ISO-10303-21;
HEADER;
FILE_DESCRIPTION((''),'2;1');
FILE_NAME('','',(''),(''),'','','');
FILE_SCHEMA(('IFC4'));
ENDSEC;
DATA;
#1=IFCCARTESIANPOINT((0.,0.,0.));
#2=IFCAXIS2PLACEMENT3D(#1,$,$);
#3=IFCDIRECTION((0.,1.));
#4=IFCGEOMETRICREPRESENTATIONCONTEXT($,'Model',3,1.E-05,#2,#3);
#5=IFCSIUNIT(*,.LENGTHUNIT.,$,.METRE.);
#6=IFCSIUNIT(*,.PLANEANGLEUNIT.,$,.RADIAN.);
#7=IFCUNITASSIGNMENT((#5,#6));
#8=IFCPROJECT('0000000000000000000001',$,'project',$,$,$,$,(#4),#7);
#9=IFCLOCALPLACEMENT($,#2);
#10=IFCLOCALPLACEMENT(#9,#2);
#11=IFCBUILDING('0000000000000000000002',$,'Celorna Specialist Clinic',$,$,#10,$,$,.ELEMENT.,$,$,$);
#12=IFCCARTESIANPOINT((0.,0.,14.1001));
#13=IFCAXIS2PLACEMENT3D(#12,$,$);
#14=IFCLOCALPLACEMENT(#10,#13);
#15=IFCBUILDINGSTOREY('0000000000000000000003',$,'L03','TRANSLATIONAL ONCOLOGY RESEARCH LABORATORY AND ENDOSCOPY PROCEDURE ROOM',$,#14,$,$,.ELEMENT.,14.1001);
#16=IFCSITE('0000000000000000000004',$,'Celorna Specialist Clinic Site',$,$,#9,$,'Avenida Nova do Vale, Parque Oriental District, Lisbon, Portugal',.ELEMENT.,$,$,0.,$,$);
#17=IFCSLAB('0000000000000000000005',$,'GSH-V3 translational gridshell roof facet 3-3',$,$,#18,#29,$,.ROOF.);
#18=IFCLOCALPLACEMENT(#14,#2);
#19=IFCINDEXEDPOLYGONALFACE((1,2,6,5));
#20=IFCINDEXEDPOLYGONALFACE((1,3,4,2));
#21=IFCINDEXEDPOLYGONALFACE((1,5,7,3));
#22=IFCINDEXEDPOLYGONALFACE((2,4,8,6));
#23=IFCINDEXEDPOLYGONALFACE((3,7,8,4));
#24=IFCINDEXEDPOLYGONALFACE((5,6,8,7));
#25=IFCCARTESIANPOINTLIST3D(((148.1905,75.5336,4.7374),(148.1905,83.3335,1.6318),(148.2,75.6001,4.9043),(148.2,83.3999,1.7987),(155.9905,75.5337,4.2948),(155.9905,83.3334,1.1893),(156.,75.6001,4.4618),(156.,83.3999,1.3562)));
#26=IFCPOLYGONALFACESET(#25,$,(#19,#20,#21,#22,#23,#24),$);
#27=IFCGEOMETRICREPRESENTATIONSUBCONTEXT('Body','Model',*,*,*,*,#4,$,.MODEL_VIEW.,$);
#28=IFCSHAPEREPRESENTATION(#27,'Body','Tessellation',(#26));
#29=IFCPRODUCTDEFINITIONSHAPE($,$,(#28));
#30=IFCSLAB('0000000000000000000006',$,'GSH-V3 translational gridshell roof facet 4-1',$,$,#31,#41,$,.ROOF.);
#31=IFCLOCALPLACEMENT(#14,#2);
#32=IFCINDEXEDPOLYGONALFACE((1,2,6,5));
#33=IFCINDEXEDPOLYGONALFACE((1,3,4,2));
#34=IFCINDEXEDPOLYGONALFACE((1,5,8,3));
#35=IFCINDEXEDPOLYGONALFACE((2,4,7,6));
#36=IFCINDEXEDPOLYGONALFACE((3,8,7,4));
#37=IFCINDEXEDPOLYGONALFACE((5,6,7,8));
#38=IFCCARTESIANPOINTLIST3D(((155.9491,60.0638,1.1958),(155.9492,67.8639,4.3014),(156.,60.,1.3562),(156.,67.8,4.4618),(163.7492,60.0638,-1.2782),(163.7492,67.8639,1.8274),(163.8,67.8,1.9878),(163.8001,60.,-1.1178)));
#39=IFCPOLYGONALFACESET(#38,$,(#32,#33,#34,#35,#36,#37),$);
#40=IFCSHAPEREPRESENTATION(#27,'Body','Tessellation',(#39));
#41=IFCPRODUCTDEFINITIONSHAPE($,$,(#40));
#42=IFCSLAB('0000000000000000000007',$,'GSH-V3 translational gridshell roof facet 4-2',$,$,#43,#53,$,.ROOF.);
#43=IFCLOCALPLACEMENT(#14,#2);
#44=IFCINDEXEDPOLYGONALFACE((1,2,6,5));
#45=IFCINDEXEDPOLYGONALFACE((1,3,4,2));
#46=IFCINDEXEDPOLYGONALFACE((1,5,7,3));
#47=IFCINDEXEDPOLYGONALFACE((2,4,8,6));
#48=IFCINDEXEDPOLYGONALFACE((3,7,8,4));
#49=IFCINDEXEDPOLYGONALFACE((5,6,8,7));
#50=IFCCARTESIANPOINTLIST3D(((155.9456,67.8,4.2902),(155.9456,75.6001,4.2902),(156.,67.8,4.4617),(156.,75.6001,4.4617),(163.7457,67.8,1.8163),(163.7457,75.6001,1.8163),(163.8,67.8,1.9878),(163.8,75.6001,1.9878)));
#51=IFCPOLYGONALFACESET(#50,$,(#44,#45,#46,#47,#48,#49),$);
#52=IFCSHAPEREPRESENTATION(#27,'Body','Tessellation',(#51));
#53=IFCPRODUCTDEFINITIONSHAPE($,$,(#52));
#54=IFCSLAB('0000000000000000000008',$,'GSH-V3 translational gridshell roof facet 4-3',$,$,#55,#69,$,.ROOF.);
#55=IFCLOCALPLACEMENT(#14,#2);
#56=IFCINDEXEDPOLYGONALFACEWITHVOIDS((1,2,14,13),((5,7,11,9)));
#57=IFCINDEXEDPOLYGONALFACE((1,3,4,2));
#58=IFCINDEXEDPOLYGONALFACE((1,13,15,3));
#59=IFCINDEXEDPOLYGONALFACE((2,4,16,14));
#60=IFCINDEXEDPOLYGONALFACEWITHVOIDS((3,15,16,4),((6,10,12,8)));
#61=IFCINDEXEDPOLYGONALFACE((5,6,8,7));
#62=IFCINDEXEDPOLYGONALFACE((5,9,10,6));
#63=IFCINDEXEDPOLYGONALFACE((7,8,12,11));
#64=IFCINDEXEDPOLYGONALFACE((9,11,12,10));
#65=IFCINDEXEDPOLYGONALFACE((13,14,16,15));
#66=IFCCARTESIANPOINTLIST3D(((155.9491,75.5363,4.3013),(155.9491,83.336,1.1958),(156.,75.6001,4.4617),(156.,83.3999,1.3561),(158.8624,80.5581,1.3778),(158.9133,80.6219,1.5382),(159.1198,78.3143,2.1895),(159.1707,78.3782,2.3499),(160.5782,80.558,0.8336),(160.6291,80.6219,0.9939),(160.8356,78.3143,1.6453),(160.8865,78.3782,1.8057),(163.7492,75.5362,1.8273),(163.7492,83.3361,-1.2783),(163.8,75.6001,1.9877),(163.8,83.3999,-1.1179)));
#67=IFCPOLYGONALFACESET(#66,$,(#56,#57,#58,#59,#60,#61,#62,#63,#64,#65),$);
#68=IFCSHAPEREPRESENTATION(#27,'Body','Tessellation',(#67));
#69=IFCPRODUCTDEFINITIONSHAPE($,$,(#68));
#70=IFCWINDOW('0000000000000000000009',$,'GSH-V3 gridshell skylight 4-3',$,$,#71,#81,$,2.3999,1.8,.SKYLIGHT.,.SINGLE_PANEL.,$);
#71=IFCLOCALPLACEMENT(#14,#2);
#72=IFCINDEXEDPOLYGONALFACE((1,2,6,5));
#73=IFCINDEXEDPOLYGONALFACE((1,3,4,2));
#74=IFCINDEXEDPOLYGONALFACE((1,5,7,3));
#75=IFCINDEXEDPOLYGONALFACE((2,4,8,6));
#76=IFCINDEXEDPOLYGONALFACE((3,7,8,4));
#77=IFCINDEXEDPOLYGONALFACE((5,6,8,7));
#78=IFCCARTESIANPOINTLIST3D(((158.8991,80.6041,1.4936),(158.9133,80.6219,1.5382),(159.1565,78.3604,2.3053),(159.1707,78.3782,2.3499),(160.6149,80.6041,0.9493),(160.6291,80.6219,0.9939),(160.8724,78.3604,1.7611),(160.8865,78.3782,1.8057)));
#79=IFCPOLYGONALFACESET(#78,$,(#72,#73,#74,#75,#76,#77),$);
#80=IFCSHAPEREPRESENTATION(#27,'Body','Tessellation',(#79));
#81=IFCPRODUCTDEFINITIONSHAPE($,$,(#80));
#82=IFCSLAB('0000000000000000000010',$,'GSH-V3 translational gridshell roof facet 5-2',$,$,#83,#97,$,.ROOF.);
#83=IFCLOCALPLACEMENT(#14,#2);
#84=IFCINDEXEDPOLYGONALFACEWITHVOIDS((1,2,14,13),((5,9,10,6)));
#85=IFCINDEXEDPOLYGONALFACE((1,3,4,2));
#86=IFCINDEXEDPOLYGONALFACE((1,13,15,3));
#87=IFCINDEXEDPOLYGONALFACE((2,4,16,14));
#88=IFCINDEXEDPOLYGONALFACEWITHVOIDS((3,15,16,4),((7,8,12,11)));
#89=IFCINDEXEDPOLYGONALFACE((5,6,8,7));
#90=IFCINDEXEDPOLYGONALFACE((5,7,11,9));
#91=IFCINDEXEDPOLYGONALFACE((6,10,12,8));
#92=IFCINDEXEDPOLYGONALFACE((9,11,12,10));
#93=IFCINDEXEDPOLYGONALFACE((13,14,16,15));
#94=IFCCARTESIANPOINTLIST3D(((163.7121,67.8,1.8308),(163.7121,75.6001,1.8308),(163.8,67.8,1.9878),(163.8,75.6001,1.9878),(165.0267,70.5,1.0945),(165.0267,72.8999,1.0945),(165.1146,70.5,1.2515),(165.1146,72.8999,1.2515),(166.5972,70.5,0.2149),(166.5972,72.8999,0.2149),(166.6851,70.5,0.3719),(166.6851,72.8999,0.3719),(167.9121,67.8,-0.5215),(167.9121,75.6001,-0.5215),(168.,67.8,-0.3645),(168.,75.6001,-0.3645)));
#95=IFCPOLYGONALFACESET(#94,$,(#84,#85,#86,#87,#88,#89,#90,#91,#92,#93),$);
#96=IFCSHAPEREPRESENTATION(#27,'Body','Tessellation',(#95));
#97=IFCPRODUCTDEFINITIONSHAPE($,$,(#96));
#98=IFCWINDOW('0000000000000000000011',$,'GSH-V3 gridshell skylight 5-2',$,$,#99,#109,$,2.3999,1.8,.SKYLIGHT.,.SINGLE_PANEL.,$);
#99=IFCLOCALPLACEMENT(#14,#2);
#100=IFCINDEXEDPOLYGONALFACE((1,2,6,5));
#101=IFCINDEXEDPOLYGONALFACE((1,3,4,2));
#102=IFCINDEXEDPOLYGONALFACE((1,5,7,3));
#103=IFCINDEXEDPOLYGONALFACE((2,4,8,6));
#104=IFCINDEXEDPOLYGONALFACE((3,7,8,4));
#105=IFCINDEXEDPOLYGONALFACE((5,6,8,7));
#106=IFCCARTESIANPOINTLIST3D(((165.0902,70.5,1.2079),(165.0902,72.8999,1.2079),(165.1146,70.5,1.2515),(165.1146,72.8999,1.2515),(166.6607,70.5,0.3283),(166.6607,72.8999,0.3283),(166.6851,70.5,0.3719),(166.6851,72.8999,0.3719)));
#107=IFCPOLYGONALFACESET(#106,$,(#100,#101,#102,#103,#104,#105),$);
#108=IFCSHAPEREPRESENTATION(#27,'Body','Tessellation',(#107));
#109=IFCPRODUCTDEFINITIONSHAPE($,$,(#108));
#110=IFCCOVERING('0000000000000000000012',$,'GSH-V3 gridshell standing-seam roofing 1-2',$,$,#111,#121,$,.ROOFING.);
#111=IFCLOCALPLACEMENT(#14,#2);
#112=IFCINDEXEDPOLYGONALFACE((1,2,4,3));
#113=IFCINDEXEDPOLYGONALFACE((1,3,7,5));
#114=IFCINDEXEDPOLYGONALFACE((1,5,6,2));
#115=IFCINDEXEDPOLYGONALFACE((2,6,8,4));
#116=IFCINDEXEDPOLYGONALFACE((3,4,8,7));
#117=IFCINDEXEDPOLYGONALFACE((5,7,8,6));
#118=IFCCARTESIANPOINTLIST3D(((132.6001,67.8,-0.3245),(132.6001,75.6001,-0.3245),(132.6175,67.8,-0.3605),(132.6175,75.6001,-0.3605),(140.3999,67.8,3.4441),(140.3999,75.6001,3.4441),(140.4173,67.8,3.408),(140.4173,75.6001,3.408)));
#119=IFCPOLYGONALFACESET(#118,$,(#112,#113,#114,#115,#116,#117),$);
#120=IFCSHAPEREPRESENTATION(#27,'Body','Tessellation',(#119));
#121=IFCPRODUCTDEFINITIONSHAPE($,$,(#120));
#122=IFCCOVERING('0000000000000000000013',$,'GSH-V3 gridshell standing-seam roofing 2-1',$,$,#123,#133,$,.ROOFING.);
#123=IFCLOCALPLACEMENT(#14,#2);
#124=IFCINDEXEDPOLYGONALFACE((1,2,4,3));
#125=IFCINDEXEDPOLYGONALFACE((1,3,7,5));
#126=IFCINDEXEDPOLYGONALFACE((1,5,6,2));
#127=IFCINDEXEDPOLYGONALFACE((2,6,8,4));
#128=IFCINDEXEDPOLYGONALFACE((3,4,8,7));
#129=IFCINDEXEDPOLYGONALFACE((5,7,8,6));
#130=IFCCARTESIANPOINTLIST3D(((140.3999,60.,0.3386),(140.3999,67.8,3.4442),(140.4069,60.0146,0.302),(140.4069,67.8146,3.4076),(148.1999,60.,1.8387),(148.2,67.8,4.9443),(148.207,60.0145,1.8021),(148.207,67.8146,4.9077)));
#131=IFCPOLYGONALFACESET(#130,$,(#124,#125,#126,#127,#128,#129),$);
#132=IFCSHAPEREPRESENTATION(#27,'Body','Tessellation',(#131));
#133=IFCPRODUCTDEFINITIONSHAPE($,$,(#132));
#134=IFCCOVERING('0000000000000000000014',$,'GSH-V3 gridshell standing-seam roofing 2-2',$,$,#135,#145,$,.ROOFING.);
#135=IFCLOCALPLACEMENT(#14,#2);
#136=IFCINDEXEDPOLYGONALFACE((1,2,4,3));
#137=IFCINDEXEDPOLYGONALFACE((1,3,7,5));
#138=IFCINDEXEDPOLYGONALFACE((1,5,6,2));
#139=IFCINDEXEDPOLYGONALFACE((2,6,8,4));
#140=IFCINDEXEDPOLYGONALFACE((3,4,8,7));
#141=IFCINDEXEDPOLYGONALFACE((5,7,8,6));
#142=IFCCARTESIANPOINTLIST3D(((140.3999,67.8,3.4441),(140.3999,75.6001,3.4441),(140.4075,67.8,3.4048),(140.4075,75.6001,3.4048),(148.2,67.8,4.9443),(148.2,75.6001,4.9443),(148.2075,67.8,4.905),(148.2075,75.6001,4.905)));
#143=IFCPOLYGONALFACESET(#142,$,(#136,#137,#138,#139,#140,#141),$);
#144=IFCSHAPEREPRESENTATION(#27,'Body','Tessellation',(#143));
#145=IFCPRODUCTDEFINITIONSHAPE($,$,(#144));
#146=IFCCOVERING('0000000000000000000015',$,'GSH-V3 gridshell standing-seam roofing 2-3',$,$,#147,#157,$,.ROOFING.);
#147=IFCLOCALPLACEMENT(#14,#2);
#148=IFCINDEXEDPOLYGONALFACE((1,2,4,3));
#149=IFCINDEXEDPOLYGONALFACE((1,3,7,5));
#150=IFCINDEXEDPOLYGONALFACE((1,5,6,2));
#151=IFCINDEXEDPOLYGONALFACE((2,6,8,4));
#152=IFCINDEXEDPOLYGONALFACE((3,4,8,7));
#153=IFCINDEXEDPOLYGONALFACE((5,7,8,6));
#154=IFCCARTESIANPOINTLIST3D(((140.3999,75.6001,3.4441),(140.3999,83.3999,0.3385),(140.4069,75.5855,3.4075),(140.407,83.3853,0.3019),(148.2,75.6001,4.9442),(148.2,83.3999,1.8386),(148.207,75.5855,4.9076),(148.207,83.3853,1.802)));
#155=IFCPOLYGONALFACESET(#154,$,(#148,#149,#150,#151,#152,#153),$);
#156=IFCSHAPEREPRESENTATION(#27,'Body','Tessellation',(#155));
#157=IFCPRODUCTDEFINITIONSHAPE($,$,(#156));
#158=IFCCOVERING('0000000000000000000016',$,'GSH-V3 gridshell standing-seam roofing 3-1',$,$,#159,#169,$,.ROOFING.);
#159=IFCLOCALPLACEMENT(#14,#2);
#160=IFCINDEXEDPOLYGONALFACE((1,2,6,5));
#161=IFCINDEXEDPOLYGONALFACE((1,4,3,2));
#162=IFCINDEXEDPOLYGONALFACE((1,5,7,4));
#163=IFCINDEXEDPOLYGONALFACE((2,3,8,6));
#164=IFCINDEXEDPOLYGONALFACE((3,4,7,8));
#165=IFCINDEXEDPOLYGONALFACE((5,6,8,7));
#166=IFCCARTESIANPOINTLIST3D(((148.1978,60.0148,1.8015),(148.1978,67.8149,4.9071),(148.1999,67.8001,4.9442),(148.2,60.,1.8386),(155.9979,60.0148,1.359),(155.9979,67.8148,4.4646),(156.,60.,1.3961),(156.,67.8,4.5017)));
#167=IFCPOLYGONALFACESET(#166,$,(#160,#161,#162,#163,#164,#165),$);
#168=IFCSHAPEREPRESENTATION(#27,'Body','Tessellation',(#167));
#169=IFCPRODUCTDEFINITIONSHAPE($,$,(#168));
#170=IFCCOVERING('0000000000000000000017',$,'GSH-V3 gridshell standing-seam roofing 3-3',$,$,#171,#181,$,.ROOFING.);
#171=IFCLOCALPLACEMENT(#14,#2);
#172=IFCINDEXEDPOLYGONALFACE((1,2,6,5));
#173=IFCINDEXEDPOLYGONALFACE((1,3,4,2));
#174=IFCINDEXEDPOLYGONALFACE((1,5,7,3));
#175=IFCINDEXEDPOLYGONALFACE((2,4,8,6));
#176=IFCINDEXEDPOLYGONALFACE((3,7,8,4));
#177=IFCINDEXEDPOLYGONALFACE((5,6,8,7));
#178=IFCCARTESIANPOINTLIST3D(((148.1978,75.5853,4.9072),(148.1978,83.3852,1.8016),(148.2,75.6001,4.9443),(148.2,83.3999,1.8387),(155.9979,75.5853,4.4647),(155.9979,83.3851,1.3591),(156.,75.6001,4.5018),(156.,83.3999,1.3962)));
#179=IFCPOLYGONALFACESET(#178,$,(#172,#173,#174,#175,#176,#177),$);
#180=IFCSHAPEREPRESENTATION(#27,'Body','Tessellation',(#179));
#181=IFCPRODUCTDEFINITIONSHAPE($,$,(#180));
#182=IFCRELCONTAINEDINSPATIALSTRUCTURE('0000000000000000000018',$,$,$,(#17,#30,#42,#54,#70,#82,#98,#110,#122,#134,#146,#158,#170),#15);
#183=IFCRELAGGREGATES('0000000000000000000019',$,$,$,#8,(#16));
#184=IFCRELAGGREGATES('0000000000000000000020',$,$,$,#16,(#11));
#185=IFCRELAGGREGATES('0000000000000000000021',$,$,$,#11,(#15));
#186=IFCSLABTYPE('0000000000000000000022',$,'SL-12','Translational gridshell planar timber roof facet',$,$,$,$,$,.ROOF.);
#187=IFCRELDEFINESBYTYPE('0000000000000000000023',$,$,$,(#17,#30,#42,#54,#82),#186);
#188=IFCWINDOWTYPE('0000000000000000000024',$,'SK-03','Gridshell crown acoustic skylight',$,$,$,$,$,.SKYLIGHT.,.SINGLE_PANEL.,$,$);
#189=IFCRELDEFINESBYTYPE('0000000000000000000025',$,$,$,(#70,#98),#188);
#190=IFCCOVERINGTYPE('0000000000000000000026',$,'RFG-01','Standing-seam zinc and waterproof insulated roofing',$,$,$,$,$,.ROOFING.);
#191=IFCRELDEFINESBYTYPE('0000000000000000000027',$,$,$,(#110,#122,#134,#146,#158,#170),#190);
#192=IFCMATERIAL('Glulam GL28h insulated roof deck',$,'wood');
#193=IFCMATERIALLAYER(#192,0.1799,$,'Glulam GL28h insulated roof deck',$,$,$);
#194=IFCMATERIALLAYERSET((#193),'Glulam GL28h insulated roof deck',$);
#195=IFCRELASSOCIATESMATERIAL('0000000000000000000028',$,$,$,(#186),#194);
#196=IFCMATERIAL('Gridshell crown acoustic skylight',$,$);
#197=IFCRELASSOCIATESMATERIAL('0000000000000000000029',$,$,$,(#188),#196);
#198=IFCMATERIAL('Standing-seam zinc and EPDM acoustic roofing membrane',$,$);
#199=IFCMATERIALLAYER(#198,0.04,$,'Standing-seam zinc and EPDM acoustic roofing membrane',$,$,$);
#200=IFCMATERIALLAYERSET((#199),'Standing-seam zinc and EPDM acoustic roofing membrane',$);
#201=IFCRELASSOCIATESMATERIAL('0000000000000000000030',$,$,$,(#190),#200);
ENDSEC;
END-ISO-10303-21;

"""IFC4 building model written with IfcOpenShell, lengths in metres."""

from ifc_helpers import new_model, si_unit, direction, frame, origin, origin_2d, place, context, subcontext, project, spatial, polyline, rectangle, outline, extrude, material, layer, layer_set, type_object, element, fill, save


model = new_model("IFC4")

# Units and contexts
model_context = context("Model", 3, precision=1e-05, world=origin(), true_north=direction((0.0, 1.0)))
body_context = subcontext(model_context, "Body", "Model", "MODEL_VIEW")
ifc_project = project(units=[si_unit("LENGTHUNIT", "METRE"), si_unit("PLANEANGLEUNIT", "RADIAN")], contexts=[model_context])

# Site, building, storey
site_placement = place(None, origin())
site = spatial("IfcSite", under=ifc_project, at=site_placement, Name="Celorna Specialist Clinic Site", LongName="Avenida Nova do Vale, Parque Oriental District, Lisbon, Portugal", CompositionType="ELEMENT", RefElevation=0.0)
building_placement = place(site_placement, origin())
building = spatial("IfcBuilding", under=site, at=building_placement, Name="Celorna Specialist Clinic", CompositionType="ELEMENT")
storey_placement = place(building_placement, frame((0.0, 0.0, 14.1001)))
storey = spatial("IfcBuildingStorey", under=building, at=storey_placement, Name="L03", Description="TRANSLATIONAL ONCOLOGY RESEARCH LABORATORY AND ENDOSCOPY PROCEDURE ROOM", CompositionType="ELEMENT", Elevation=14.1001)

# Shared definitions
ifc_material_1 = material(Name="Glulam GL28h insulated roof deck", Category="wood")
ifc_layer_1 = layer(ifc_material_1, 0.1799, Name="Glulam GL28h insulated roof deck")
ifc_layer_set_1 = layer_set([ifc_layer_1], Name="Glulam GL28h insulated roof deck")
slab_type = type_object("IfcSlabType", Name="SL-12", Description="Translational gridshell planar timber roof facet", PredefinedType="ROOF", material=ifc_layer_set_1)
ifc_material_2 = material(Name="Gridshell crown acoustic skylight")
window_type = type_object("IfcWindowType", Name="SK-03", Description="Gridshell crown acoustic skylight", PartitioningType="SINGLE_PANEL", PredefinedType="SKYLIGHT", material=ifc_material_2)

# Slabs
slab_1_placement = place(storey_placement, frame((148.2, 75.6001, 4.9043), z_axis=(0.052634, 0.369406, 0.927776), x_axis=(0.998395, 0.000005, -0.056642)))
element("IfcSlab", 1, at=slab_1_placement, inside=storey, type_object=slab_type, Name="GSH-V3 translational gridshell roof facet 3-3", PredefinedType="ROOF", context=body_context, shape_type="SweptSolid", body=[
    extrude(outline(polyline([(0.0, 0.0), (7.8126, 0.0), (7.9885, 8.3934), (0.176, 8.3935), (0.0, 0.0)])), origin(), (0.0, 0.0, -1.0), 0.1799),
])
slab_2_placement = place(storey_placement, frame((156.0, 60.0, 1.3562), z_axis=(0.282662, -0.354824, 0.89118), x_axis=(0.953201, -0.000005, -0.302336)))
element("IfcSlab", 2, at=slab_2_placement, inside=storey, type_object=slab_type, Name="GSH-V3 translational gridshell roof facet 4-1", PredefinedType="ROOF", context=body_context, shape_type="SweptSolid", body=[
    extrude(outline(polyline([(0.0, 0.0), (8.183, 0.0), (7.244, 8.3429), (-0.9389, 8.3428), (0.0, 0.0)])), origin(), (0.0, 0.0, -1.0), 0.1799),
])
slab_3_placement = place(storey_placement, frame((156.0, 67.8, 4.4617), z_axis=(0.302321, 0.0, 0.953206), x_axis=(0.953206, 0.0, -0.302321)))
element("IfcSlab", 3, at=slab_3_placement, inside=storey, type_object=slab_type, Name="GSH-V3 translational gridshell roof facet 4-2", PredefinedType="ROOF", context=body_context, shape_type="SweptSolid", body=[
    extrude(outline(polyline([(0.0, 0.0), (8.183, 0.0), (8.183, 7.8), (0.0, 7.8), (0.0, 0.0)])), origin(), (0.0, 0.0, -1.0), 0.1799),
])

# Slabs, openings, windows
slab_4_placement = place(storey_placement, frame((156.0, 75.6001, 4.4617), z_axis=(0.282661, 0.354833, 0.891177), x_axis=(0.953203, -0.000005, -0.302332)))
slab_4 = element("IfcSlab", 4, at=slab_4_placement, inside=storey, type_object=slab_type, Name="GSH-V3 translational gridshell roof facet 4-3", PredefinedType="ROOF", context=body_context, shape_type="SweptSolid", body=[
    extrude(outline(polyline([(0.0, 0.0), (8.183, 0.0), (9.1219, 8.3427), (0.9388, 8.3426), (0.0, 0.0)])), origin(), (0.0, 0.0, -1.0), 0.1799),
])
opening_1_placement = place(slab_4_placement, frame((4.5608, 4.1714, 0.01)))
opening_1 = element("IfcOpeningElement", 5, at=opening_1_placement, cuts=slab_4, PredefinedType="OPENING", context=body_context, shape_type="SweptSolid", body=[
    extrude(rectangle(XDim=1.8, YDim=2.3999, at=origin_2d()), origin(), (0.0, 0.0, -1.0), 0.2),
])
window_1_placement = place(opening_1_placement, frame((0.0, 0.0, -0.01)))
window_1 = element("IfcWindow", 6, at=window_1_placement, inside=storey, type_object=window_type, Name="GSH-V3 gridshell skylight 4-3", OverallHeight=2.3999, OverallWidth=1.8, PartitioningType="SINGLE_PANEL", PredefinedType="SKYLIGHT", context=body_context, shape_type="SweptSolid", body=[
    extrude(rectangle(XDim=1.8, YDim=2.3999, at=origin_2d()), origin(), (0.0, 0.0, -1.0), 0.05),
])
fill(opening_1, window_1)
slab_5_placement = place(storey_placement, frame((163.8, 67.8, 1.9878), z_axis=(0.488654, 0.0, 0.872477), x_axis=(0.872477, 0.0, -0.488654)))
slab_5 = element("IfcSlab", 7, at=slab_5_placement, inside=storey, type_object=slab_type, Name="GSH-V3 translational gridshell roof facet 5-2", PredefinedType="ROOF", context=body_context, shape_type="SweptSolid", body=[
    extrude(outline(polyline([(0.0, 0.0), (4.8138, 0.0), (4.8138, 7.8), (0.0, 7.8), (0.0, 0.0)])), origin(), (0.0, 0.0, -1.0), 0.1799),
])
opening_2_placement = place(slab_5_placement, frame((2.4067, 3.8999, 0.01)))
opening_2 = element("IfcOpeningElement", 8, at=opening_2_placement, cuts=slab_5, PredefinedType="OPENING", context=body_context, shape_type="SweptSolid", body=[
    extrude(rectangle(XDim=1.8, YDim=2.3999, at=origin_2d()), origin(), (0.0, 0.0, -1.0), 0.2),
])
window_2_placement = place(opening_2_placement, frame((0.0, 0.0, -0.01)))
window_2 = element("IfcWindow", 9, at=window_2_placement, inside=storey, type_object=window_type, Name="GSH-V3 gridshell skylight 5-2", OverallHeight=2.3999, OverallWidth=1.8, PartitioningType="SINGLE_PANEL", PredefinedType="SKYLIGHT", context=body_context, shape_type="SweptSolid", body=[
    extrude(rectangle(XDim=1.8, YDim=2.3999, at=origin_2d()), origin(), (0.0, 0.0, -1.0), 0.05),
])
fill(opening_2, window_2)

# Coverings
ifc_material_3 = material(Name="Standing-seam zinc and EPDM acoustic roofing membrane")
ifc_layer_2 = layer(ifc_material_3, 0.04, Name="Standing-seam zinc and EPDM acoustic roofing membrane")
ifc_layer_set_2 = layer_set([ifc_layer_2], Name="Standing-seam zinc and EPDM acoustic roofing membrane")
covering_type = type_object("IfcCoveringType", Name="RFG-01", Description="Standing-seam zinc and waterproof insulated roofing", PredefinedType="ROOFING", material=ifc_layer_set_2)
covering_1_placement = place(storey_placement, frame((132.6001, 67.8, -0.3245), z_axis=(-0.435042, 0.0, 0.90041), x_axis=(0.90041, 0.0, 0.435042)))
element("IfcCovering", 10, at=covering_1_placement, inside=storey, type_object=covering_type, Name="GSH-V3 gridshell standing-seam roofing 1-2", PredefinedType="ROOFING", context=body_context, shape_type="SweptSolid", body=[
    extrude(outline(polyline([(0.0, 0.0), (8.6625, 0.0), (8.6625, 7.8), (0.0, 7.8), (0.0, 0.0)])), origin(), (0.0, 0.0, -1.0), 0.04),
])
covering_2_placement = place(storey_placement, frame((140.3999, 60.0, 0.3386), z_axis=(-0.175895, -0.364141, 0.914583), x_axis=(0.982004, -0.000005, 0.188859)))
element("IfcCovering", 11, at=covering_2_placement, inside=storey, type_object=covering_type, Name="GSH-V3 gridshell standing-seam roofing 2-1", PredefinedType="ROOFING", context=body_context, shape_type="SweptSolid", body=[
    extrude(outline(polyline([(0.0, 0.0), (7.943, 0.0), (8.5295, 8.3751), (0.5865, 8.375), (0.0, 0.0)])), origin(), (0.0, 0.0, -1.0), 0.04),
])
covering_3_placement = place(storey_placement, frame((140.3999, 67.8, 3.4441), z_axis=(-0.188876, 0.0, 0.982001), x_axis=(0.982001, 0.0, 0.188876)))
element("IfcCovering", 12, at=covering_3_placement, inside=storey, type_object=covering_type, Name="GSH-V3 gridshell standing-seam roofing 2-2", PredefinedType="ROOFING", context=body_context, shape_type="SweptSolid", body=[
    extrude(outline(polyline([(0.0, 0.0), (7.943, 0.0), (7.943, 7.8), (0.0, 7.8), (0.0, 0.0)])), origin(), (0.0, 0.0, -1.0), 0.04),
])
covering_4_placement = place(storey_placement, frame((140.3999, 75.6001, 3.4441), z_axis=(-0.175894, 0.364151, 0.914579), x_axis=(0.982003, -0.000005, 0.188863)))
element("IfcCovering", 13, at=covering_4_placement, inside=storey, type_object=covering_type, Name="GSH-V3 gridshell standing-seam roofing 2-3", PredefinedType="ROOFING", context=body_context, shape_type="SweptSolid", body=[
    extrude(outline(polyline([(0.0, 0.0), (7.943, 0.0), (7.3564, 8.3749), (-0.5865, 8.3748), (0.0, 0.0)])), origin(), (0.0, 0.0, -1.0), 0.04),
])
covering_5_placement = place(storey_placement, frame((148.2, 60.0, 1.8386), z_axis=(0.052634, -0.369396, 0.92778), x_axis=(0.998395, 0.000005, -0.056638)))
element("IfcCovering", 14, at=covering_5_placement, inside=storey, type_object=covering_type, Name="GSH-V3 gridshell standing-seam roofing 3-1", PredefinedType="ROOFING", context=body_context, shape_type="SweptSolid", body=[
    extrude(outline(polyline([(0.0, 0.0), (7.8126, 0.0), (7.6367, 8.3937), (-0.1759, 8.3938), (0.0, 0.0)])), origin(), (0.0, 0.0, -1.0), 0.04),
])
covering_6_placement = place(storey_placement, frame((148.2, 75.6001, 4.9443), z_axis=(0.052634, 0.369406, 0.927776), x_axis=(0.998395, 0.000005, -0.056642)))
element("IfcCovering", 15, at=covering_6_placement, inside=storey, type_object=covering_type, Name="GSH-V3 gridshell standing-seam roofing 3-3", PredefinedType="ROOFING", context=body_context, shape_type="SweptSolid", body=[
    extrude(outline(polyline([(0.0, 0.0), (7.8126, 0.0), (7.9885, 8.3934), (0.176, 8.3935), (0.0, 0.0)])), origin(), (0.0, 0.0, -1.0), 0.04),
])

save(model, "model.ifc")
